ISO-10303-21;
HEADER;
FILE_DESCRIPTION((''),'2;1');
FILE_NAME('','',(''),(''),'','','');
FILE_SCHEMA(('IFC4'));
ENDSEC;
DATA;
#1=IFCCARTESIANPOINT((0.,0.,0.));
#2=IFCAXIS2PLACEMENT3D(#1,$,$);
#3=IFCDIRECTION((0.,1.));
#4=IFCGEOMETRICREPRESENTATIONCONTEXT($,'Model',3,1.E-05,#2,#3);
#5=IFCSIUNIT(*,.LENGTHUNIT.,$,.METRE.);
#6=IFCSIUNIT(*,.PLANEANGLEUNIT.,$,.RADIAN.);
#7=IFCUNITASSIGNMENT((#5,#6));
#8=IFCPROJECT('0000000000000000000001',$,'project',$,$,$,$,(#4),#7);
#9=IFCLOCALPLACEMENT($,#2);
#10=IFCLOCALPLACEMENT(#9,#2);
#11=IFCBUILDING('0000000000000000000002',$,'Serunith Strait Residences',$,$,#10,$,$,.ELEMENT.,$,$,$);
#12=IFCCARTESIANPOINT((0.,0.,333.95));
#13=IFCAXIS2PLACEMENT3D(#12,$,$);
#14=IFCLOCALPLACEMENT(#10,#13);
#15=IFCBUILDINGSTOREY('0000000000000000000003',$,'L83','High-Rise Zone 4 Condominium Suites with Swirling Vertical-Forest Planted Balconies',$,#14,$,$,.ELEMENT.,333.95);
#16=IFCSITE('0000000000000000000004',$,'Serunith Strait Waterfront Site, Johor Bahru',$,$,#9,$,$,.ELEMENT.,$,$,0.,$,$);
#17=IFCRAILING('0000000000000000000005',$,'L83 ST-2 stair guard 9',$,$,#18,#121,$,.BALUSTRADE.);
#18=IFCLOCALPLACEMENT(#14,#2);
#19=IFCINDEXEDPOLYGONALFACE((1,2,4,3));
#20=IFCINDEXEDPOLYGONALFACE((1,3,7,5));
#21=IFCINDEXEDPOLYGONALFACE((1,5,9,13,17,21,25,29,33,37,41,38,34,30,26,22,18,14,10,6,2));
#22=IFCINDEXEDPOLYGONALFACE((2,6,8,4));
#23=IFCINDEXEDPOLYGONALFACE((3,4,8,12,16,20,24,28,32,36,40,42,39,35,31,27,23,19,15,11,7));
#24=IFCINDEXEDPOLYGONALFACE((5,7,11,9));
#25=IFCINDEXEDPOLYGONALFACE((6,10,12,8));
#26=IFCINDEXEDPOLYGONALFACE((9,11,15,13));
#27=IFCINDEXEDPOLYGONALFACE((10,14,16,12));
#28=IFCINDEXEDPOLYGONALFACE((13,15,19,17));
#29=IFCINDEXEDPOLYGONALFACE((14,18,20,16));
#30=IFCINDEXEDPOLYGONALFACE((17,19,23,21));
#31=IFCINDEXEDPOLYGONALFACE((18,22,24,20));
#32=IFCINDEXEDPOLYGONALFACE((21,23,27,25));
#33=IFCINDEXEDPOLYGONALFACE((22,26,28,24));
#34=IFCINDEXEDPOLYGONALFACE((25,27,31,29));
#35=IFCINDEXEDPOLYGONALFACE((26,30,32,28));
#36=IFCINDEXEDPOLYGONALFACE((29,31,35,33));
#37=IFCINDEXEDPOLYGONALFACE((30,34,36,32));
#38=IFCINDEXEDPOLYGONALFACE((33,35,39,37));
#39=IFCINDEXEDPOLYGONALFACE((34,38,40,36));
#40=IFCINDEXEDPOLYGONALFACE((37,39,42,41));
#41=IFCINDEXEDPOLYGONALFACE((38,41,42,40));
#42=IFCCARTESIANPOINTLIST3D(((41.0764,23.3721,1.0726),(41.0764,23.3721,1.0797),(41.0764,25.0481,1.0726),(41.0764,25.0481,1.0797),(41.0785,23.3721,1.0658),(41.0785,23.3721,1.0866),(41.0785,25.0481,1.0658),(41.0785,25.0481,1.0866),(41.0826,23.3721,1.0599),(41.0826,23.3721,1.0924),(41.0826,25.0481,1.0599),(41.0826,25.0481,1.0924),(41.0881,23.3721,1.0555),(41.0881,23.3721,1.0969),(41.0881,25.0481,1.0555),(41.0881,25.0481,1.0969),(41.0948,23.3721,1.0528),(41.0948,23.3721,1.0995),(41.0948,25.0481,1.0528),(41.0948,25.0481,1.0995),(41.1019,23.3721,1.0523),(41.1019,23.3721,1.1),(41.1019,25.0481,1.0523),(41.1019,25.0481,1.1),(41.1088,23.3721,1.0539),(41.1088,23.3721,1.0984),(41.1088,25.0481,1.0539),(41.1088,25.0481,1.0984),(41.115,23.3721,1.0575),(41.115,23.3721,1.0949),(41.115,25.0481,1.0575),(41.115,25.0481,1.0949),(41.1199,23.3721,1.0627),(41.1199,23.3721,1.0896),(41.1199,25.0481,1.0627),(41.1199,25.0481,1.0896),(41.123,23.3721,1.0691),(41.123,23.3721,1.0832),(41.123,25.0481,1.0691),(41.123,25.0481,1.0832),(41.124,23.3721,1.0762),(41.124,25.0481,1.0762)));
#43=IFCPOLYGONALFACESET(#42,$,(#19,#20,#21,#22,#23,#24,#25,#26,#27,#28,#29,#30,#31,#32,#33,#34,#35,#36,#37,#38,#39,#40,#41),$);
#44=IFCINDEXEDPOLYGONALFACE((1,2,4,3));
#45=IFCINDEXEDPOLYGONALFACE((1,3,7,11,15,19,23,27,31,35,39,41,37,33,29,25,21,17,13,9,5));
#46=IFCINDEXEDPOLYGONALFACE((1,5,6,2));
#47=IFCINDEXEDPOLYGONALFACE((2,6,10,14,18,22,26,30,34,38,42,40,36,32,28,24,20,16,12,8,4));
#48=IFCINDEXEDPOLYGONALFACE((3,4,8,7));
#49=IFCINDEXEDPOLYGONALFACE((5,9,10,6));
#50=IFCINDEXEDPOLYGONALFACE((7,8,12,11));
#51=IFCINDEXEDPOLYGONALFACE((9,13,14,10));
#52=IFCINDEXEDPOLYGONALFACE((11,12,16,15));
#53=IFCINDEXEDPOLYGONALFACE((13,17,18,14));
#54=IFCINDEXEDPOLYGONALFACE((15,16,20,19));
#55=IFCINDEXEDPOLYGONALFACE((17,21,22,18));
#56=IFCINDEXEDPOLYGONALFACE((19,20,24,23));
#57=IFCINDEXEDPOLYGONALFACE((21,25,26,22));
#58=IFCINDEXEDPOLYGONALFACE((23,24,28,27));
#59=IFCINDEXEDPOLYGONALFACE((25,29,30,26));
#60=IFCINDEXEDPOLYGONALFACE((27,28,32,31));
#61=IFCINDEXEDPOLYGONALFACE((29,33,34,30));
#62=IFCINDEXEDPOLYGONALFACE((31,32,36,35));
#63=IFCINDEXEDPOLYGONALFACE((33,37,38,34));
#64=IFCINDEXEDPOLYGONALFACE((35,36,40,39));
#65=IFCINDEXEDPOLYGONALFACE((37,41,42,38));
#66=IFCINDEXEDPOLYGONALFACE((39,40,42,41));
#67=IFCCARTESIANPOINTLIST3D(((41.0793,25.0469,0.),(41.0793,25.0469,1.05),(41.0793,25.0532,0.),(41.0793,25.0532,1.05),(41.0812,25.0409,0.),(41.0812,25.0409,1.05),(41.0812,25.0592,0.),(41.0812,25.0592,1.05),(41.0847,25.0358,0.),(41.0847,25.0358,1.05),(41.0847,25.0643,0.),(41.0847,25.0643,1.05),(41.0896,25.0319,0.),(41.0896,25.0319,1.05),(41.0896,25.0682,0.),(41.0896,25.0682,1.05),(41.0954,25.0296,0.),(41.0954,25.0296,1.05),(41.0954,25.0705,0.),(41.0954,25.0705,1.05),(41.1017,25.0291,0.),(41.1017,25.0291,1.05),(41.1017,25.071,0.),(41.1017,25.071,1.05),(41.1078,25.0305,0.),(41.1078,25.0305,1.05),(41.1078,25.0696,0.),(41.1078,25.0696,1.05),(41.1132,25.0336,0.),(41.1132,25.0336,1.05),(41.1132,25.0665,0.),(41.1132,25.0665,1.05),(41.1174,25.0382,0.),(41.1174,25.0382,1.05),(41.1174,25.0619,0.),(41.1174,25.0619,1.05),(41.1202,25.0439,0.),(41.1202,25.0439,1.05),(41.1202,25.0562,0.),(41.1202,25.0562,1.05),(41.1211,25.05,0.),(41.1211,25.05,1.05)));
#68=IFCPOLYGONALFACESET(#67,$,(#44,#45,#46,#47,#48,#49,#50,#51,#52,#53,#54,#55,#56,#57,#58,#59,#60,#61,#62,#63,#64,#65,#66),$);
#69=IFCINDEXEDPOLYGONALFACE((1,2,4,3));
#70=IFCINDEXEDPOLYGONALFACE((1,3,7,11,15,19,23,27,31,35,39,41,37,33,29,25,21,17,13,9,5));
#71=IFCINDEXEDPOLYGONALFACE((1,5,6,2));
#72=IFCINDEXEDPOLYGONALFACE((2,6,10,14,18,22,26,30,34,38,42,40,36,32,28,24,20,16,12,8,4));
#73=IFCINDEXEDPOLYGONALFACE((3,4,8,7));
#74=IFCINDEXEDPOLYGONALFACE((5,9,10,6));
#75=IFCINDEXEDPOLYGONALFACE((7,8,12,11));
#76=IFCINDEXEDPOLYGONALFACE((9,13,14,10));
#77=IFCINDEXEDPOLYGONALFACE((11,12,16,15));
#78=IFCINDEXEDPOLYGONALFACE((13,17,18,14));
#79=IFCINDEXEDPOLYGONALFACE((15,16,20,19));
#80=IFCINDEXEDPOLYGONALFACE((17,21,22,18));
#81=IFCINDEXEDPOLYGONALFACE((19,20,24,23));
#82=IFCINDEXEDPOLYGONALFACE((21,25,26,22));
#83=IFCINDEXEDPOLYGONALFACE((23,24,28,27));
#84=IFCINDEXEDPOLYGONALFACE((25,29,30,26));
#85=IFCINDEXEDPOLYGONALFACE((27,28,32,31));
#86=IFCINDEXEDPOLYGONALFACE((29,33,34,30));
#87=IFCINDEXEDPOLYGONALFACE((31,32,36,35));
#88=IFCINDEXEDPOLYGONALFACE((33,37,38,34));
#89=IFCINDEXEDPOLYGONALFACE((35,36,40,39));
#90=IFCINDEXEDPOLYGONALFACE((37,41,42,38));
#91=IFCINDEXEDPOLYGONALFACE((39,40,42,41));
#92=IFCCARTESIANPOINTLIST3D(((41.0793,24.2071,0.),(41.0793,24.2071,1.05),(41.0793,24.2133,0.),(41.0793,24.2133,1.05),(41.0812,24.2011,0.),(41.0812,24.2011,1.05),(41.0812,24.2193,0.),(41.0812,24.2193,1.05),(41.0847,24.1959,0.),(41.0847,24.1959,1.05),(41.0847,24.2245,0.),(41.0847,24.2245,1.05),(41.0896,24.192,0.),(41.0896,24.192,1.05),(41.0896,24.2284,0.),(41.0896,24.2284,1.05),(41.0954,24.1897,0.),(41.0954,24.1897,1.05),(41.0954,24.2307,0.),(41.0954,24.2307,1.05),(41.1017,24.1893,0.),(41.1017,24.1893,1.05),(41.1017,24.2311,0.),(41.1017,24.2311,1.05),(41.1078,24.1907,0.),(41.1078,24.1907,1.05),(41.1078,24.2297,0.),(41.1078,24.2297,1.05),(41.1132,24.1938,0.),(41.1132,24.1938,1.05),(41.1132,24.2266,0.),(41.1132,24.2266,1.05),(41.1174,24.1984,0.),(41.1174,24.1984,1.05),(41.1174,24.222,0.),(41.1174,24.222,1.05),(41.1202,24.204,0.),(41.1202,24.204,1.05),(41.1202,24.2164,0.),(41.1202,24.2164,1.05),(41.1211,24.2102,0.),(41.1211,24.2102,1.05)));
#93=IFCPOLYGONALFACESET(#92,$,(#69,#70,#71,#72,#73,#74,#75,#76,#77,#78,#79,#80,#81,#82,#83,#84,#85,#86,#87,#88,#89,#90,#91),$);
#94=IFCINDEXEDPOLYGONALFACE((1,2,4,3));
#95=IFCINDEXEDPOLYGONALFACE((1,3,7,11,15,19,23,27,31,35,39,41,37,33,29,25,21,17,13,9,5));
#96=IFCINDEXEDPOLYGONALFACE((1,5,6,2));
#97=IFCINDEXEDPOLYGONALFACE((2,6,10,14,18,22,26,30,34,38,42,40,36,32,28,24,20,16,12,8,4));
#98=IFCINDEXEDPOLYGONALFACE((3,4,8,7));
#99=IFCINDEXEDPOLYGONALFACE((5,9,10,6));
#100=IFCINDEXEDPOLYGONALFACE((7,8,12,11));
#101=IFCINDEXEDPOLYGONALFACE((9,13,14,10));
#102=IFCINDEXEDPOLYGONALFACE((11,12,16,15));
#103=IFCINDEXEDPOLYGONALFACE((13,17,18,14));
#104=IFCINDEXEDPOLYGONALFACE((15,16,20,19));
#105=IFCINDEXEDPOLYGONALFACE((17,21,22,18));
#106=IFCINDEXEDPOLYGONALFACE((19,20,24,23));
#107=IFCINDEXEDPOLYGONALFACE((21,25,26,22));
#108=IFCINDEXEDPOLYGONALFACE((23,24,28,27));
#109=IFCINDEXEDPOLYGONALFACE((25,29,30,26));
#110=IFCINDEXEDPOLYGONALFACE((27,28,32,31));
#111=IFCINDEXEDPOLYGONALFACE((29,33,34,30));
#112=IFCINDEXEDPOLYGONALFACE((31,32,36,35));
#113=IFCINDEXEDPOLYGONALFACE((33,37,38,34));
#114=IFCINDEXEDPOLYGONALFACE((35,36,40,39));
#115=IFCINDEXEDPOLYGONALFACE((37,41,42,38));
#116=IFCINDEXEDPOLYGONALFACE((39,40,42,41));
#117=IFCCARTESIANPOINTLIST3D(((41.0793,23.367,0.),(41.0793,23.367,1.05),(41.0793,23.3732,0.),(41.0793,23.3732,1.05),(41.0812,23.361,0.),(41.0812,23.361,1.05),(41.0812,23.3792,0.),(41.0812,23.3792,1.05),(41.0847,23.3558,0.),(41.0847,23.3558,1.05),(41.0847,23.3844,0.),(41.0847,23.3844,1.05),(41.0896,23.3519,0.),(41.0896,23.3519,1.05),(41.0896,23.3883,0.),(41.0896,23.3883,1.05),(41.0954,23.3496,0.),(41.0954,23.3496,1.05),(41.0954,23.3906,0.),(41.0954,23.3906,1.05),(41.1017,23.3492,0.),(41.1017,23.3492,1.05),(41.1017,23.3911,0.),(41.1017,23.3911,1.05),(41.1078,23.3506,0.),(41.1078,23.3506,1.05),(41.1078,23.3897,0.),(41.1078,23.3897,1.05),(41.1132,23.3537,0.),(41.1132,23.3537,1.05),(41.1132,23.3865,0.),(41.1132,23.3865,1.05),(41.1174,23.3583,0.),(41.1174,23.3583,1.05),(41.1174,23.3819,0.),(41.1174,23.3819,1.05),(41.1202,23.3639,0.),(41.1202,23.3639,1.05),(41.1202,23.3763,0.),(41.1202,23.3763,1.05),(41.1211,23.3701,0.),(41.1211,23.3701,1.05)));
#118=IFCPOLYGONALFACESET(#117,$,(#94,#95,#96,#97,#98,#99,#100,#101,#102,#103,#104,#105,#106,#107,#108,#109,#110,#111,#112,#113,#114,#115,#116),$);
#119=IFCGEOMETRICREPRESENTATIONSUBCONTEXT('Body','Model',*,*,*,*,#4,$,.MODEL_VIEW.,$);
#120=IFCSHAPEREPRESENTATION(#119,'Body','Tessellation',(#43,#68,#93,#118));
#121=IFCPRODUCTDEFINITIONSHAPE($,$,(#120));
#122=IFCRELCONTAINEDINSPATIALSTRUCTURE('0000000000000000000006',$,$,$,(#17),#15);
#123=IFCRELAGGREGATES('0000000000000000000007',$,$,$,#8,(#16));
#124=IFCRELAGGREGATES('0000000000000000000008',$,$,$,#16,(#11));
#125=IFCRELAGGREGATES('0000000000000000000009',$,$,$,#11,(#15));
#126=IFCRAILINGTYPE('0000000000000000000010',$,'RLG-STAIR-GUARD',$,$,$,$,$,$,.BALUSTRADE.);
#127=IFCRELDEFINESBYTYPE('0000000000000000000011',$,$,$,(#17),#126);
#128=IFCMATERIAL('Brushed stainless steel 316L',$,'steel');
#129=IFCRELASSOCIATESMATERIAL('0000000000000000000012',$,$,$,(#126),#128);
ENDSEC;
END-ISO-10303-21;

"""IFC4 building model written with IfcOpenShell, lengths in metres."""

from ifc_helpers import new_model, si_unit, direction, frame, origin, origin_2d, place, context, subcontext, project, spatial, circle, extrude, material, type_object, element, save


model = new_model("IFC4")

# Units and contexts
model_context = context("Model", 3, precision=1e-05, world=origin(), true_north=direction((0.0, 1.0)))
body_context = subcontext(model_context, "Body", "Model", "MODEL_VIEW")
ifc_project = project(units=[si_unit("LENGTHUNIT", "METRE"), si_unit("PLANEANGLEUNIT", "RADIAN")], contexts=[model_context])

# Site, building, storey
site_placement = place(None, origin())
site = spatial("IfcSite", under=ifc_project, at=site_placement, Name="Serunith Strait Waterfront Site, Johor Bahru", CompositionType="ELEMENT", RefElevation=0.0)
building_placement = place(site_placement, origin())
building = spatial("IfcBuilding", under=site, at=building_placement, Name="Serunith Strait Residences", CompositionType="ELEMENT")
storey_placement = place(building_placement, frame((0.0, 0.0, 333.95)))
storey = spatial("IfcBuildingStorey", under=building, at=storey_placement, Name="L83", Description="High-Rise Zone 4 Condominium Suites with Swirling Vertical-Forest Planted Balconies", CompositionType="ELEMENT", Elevation=333.95)

# Railing
ifc_material_1 = material(Name="Brushed stainless steel 316L", Category="steel")
railing_type = type_object("IfcRailingType", Name="RLG-STAIR-GUARD", PredefinedType="BALUSTRADE", material=ifc_material_1)
for number, where, name in (
    (1, (41.1001, 25.05, 0.0), "L83 ST-2 stair guard 9"),
):
    element("IfcRailing", number, at=place(storey_placement, frame(where)), inside=storey, type_object=railing_type, Name=name, PredefinedType="BALUSTRADE", context=body_context, shape_type="SweptSolid", body=[
        extrude(circle(Radius=0.0239, at=origin_2d()), frame((0.0, -0.002, 1.0762), z_axis=(0.0, -1.0, 0.0), x_axis=(1.0, 0.0, 0.0)), (0.0, 0.0, 1.0), 1.676),
        extrude(circle(Radius=0.021, at=origin_2d()), origin(), (0.0, 0.0, 1.0), 1.05),
        extrude(circle(Radius=0.021, at=origin_2d()), frame((0.0, -0.8398, 0.0)), (0.0, 0.0, 1.0), 1.05),
        extrude(circle(Radius=0.021, at=origin_2d()), frame((0.0, -1.6799, 0.0)), (0.0, 0.0, 1.0), 1.05),
    ])

save(model, "model.ifc")
